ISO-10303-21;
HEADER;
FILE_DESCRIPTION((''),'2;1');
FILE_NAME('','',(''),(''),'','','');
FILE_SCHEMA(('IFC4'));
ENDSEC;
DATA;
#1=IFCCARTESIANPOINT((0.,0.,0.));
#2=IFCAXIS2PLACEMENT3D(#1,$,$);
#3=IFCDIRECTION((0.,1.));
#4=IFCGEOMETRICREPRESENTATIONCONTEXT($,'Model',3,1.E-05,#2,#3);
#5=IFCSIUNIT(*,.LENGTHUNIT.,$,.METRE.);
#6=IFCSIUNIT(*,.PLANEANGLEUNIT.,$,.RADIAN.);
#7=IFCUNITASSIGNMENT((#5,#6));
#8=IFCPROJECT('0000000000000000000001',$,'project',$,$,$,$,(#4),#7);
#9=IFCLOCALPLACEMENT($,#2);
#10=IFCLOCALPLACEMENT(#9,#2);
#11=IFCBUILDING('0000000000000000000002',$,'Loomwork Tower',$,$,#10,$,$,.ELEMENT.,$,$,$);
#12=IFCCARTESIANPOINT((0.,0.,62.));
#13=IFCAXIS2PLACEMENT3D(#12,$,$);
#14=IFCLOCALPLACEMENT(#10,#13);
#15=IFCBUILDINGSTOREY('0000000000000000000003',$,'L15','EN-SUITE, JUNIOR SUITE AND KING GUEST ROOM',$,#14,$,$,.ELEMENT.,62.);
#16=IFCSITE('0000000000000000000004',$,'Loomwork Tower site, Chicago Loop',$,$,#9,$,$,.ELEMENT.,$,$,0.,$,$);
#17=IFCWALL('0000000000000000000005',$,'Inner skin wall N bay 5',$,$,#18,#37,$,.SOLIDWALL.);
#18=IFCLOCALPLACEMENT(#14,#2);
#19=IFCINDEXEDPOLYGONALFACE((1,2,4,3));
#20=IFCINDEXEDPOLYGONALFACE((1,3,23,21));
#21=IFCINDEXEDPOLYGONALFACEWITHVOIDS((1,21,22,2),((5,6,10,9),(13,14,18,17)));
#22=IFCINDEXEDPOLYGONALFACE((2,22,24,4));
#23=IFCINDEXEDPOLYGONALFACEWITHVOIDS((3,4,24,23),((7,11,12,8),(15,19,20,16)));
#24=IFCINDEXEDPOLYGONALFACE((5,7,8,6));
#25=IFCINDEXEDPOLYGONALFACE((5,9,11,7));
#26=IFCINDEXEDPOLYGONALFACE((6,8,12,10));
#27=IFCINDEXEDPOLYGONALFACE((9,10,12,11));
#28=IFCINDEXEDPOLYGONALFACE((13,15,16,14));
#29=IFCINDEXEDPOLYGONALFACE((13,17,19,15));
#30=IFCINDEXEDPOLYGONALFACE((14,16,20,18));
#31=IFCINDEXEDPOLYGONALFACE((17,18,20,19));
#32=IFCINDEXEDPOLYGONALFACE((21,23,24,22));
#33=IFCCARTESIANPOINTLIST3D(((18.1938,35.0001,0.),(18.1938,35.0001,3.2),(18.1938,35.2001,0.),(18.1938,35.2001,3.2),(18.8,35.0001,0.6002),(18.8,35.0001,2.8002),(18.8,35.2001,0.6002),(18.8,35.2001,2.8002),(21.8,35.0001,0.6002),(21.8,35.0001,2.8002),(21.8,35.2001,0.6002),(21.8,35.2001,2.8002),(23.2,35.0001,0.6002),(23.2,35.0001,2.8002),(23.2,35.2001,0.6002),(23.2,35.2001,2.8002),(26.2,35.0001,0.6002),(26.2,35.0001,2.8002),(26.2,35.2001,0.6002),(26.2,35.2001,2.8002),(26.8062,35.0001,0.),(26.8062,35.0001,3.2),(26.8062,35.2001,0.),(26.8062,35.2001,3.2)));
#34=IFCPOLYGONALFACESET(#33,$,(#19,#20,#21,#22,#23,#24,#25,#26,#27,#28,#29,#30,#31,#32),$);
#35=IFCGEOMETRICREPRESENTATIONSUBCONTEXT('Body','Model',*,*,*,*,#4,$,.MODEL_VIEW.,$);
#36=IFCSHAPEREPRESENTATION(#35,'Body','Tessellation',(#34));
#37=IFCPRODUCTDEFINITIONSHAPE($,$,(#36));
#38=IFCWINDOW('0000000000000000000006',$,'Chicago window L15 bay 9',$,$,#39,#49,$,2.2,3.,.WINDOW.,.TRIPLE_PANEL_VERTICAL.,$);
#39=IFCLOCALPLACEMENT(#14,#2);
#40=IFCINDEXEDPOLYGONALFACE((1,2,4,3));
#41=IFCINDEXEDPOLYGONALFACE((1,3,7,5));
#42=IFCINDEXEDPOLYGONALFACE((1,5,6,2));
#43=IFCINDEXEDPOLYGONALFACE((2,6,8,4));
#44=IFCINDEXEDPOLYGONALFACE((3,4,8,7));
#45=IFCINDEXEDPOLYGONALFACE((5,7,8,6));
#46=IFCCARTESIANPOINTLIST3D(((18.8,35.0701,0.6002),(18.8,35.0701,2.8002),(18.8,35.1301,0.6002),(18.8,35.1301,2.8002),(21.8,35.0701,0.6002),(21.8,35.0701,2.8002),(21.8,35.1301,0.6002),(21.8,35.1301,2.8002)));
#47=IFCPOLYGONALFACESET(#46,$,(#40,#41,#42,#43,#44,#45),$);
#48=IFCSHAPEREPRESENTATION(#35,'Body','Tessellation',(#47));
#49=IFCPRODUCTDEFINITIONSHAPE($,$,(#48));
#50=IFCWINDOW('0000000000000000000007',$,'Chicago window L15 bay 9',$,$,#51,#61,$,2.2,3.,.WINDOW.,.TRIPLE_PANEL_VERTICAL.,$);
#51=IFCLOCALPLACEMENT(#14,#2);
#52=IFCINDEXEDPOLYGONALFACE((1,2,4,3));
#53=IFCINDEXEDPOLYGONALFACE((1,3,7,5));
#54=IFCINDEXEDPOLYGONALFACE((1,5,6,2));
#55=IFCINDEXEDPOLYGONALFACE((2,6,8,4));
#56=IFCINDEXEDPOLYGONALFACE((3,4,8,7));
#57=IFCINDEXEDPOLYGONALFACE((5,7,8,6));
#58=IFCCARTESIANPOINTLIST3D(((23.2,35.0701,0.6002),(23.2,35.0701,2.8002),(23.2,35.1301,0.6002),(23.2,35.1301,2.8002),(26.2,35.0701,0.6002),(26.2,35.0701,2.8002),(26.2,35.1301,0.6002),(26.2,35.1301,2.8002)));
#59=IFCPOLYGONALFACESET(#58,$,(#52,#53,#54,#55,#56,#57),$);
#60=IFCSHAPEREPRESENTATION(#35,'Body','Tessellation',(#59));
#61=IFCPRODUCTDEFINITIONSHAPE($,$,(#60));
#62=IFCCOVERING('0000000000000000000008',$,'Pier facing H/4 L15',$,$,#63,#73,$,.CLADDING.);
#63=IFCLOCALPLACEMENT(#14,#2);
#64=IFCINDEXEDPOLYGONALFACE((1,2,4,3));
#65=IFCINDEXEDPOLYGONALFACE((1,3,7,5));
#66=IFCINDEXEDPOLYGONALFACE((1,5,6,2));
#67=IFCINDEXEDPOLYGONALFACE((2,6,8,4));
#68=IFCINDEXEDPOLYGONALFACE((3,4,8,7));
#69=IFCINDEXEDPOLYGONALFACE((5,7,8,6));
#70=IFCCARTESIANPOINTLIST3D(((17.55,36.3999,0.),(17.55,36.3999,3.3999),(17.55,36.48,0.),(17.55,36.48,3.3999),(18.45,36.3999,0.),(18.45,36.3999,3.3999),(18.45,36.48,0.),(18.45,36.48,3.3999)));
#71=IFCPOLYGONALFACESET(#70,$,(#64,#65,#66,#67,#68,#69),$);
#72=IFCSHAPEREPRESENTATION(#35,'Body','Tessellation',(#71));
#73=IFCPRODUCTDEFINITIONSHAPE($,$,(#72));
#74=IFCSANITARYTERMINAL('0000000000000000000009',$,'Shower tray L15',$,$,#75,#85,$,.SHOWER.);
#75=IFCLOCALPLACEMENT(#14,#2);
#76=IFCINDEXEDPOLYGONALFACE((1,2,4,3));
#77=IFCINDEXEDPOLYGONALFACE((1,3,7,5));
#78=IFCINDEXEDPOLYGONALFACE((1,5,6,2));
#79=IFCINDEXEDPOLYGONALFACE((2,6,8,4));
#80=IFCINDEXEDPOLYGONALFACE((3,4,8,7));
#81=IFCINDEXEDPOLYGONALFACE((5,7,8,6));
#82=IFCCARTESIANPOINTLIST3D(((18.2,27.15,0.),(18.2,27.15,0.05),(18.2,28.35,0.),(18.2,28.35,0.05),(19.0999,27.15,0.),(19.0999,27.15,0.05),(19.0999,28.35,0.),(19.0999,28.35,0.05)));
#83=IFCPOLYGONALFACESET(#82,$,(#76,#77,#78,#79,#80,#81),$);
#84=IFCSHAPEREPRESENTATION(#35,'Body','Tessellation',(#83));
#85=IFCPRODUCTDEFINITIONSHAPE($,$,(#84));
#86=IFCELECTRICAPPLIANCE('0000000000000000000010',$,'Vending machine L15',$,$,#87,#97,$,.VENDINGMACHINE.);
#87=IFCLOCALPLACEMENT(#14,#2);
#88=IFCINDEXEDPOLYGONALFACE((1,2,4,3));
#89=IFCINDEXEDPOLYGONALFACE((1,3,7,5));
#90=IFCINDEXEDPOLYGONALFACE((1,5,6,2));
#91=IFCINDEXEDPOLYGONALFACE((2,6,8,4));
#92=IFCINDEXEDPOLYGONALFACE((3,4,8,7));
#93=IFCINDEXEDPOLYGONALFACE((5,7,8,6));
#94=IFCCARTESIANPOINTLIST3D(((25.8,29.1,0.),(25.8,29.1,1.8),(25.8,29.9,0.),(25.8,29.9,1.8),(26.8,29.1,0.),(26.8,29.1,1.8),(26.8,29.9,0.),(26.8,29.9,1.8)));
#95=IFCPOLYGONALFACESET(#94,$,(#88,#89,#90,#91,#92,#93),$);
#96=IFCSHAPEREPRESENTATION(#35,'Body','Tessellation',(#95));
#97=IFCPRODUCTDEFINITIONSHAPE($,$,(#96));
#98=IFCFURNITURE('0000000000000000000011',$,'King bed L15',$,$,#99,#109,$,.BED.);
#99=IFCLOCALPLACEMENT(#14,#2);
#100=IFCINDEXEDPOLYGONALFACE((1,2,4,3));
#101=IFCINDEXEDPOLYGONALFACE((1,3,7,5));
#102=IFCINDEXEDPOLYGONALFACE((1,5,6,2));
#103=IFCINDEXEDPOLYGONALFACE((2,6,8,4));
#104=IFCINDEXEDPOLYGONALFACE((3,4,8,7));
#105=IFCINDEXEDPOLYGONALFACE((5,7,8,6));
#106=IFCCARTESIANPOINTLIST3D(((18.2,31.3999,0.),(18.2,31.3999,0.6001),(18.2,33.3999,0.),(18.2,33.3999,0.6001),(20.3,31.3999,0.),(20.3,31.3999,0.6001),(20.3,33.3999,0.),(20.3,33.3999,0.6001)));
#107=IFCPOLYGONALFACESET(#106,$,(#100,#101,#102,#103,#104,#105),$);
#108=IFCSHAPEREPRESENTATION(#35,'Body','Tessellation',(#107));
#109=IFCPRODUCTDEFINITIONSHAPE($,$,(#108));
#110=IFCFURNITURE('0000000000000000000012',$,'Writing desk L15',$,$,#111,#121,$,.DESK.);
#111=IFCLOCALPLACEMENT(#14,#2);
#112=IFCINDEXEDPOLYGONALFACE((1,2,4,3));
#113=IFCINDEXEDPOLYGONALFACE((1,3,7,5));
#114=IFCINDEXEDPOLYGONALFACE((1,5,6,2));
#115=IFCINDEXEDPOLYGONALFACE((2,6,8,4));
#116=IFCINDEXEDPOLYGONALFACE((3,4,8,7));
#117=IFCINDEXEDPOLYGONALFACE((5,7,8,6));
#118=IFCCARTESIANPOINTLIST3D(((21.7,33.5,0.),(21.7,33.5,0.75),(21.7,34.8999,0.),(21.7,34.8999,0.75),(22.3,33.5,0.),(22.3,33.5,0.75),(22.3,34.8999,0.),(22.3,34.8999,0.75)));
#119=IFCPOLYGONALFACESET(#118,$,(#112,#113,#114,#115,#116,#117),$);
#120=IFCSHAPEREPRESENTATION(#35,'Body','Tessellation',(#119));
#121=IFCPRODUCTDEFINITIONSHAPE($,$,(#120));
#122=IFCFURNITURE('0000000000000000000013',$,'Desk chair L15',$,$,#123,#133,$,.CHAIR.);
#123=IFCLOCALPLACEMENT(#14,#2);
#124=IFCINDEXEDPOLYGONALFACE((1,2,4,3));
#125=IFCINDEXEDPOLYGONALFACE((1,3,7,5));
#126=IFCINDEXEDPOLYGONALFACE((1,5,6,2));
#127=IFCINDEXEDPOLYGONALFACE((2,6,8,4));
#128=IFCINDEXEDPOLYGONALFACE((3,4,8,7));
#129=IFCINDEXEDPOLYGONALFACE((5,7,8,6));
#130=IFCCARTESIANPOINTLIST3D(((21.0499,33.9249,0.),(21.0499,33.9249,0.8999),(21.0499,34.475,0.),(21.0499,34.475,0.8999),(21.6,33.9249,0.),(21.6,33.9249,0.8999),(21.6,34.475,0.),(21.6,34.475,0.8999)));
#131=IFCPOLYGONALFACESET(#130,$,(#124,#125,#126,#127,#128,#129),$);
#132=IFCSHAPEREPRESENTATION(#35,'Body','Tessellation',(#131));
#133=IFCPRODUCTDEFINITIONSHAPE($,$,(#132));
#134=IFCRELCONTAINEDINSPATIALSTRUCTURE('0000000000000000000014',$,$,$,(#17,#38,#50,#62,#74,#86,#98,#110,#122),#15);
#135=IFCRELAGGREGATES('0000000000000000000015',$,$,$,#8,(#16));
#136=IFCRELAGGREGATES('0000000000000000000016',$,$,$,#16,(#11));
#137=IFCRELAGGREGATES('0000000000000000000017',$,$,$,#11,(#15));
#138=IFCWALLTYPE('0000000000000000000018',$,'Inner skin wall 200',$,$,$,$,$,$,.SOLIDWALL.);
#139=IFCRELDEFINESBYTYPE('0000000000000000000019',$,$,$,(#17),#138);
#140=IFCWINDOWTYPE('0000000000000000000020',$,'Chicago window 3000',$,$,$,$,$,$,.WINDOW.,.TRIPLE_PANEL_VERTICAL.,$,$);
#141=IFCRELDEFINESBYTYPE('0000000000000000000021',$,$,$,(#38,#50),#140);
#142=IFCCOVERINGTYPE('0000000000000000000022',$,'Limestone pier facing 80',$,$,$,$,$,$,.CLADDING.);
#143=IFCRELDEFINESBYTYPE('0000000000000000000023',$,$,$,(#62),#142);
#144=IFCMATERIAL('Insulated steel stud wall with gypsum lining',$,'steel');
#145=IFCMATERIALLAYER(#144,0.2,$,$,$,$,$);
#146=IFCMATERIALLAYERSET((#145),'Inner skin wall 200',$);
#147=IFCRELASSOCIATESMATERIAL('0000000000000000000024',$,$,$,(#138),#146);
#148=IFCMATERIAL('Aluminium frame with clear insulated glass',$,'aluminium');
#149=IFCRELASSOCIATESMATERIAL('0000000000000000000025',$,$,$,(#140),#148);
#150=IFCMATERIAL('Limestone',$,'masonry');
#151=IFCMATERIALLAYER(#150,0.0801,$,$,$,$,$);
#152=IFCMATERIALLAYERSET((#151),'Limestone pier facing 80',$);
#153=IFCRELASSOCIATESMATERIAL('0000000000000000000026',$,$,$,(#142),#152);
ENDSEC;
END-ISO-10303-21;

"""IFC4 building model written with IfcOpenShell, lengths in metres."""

from ifc_helpers import new_model, si_unit, direction, frame, frame_2d, origin, origin_2d, place, context, subcontext, project, spatial, rectangle, extrude, material, layer, layer_set, type_object, element, fill, save


model = new_model("IFC4")

# Units and contexts
model_context = context("Model", 3, precision=1e-05, world=origin(), true_north=direction((0.0, 1.0)))
body_context = subcontext(model_context, "Body", "Model", "MODEL_VIEW")
ifc_project = project(units=[si_unit("LENGTHUNIT", "METRE"), si_unit("PLANEANGLEUNIT", "RADIAN")], contexts=[model_context])

# Site, building, storey
site_placement = place(None, origin())
site = spatial("IfcSite", under=ifc_project, at=site_placement, Name="Loomwork Tower site, Chicago Loop", CompositionType="ELEMENT", RefElevation=0.0)
building_placement = place(site_placement, origin())
building = spatial("IfcBuilding", under=site, at=building_placement, Name="Loomwork Tower", CompositionType="ELEMENT")
storey_placement = place(building_placement, frame((0.0, 0.0, 62.0)))
storey = spatial("IfcBuildingStorey", under=building, at=storey_placement, Name="L15", Description="EN-SUITE, JUNIOR SUITE AND KING GUEST ROOM", CompositionType="ELEMENT", Elevation=62.0)

# Shared definitions
ifc_material_1 = material(Name="Insulated steel stud wall with gypsum lining", Category="steel")
ifc_layer_1 = layer(ifc_material_1, 0.2)
ifc_layer_set_1 = layer_set([ifc_layer_1], Name="Inner skin wall 200")
wall_type_1 = type_object("IfcWallType", Name="Inner skin wall 200", PredefinedType="SOLIDWALL", material=ifc_layer_set_1)

# Wall, openings, windows
wall_1_placement = place(storey_placement, frame((18.1938, 35.1001, 0.0), z_axis=(0.0, 0.0, 1.0), x_axis=(1.0, 0.0, 0.0)))
wall_1 = element("IfcWall", 1, at=wall_1_placement, inside=storey, type_object=wall_type_1, Name="Inner skin wall N bay 5", PredefinedType="SOLIDWALL", context=body_context, shape_type="SweptSolid", body=[
    extrude(rectangle(XDim=8.6123, YDim=0.2, at=frame_2d((4.3062, 0.0))), origin(), (0.0, 0.0, 1.0), 3.2),
])
opening_1_placement = place(wall_1_placement, frame((0.6062, 0.0, 0.6001)))
opening_1 = element("IfcOpeningElement", 2, at=opening_1_placement, cuts=wall_1, PredefinedType="OPENING", context=body_context, shape_type="SweptSolid", body=[
    extrude(rectangle(XDim=3.0, YDim=2.2, at=frame_2d((1.5, 1.1001))), frame((0.0, 0.1099, 0.0), z_axis=(0.0, -1.0, 0.0), x_axis=(1.0, 0.0, 0.0)), (0.0, 0.0, 1.0), 0.22),
])
opening_2_placement = place(wall_1_placement, frame((5.0061, 0.0, 0.6001)))
opening_2 = element("IfcOpeningElement", 3, at=opening_2_placement, cuts=wall_1, PredefinedType="OPENING", context=body_context, shape_type="SweptSolid", body=[
    extrude(rectangle(XDim=3.0, YDim=2.2, at=frame_2d((1.5, 1.1001))), frame((0.0, 0.1099, 0.0), z_axis=(0.0, -1.0, 0.0), x_axis=(1.0, 0.0, 0.0)), (0.0, 0.0, 1.0), 0.22),
])
ifc_material_2 = material(Name="Aluminium frame with clear insulated glass", Category="aluminium")
window_type = type_object("IfcWindowType", Name="Chicago window 3000", PartitioningType="TRIPLE_PANEL_VERTICAL", PredefinedType="WINDOW", material=ifc_material_2)
window_1_placement = place(opening_1_placement, origin())
window_1 = element("IfcWindow", 4, at=window_1_placement, inside=storey, type_object=window_type, Name="Chicago window L15 bay 9", OverallHeight=2.2, OverallWidth=3.0, PartitioningType="TRIPLE_PANEL_VERTICAL", PredefinedType="WINDOW", context=body_context, shape_type="SweptSolid", body=[
    extrude(rectangle(XDim=3.0, YDim=2.2, at=frame_2d((1.5, 1.1001))), frame((0.0, 0.03, 0.0), z_axis=(0.0, -1.0, 0.0), x_axis=(1.0, 0.0, 0.0)), (0.0, 0.0, 1.0), 0.0601),
])
fill(opening_1, window_1)
window_2_placement = place(opening_2_placement, origin())
window_2 = element("IfcWindow", 5, at=window_2_placement, inside=storey, type_object=window_type, Name="Chicago window L15 bay 9", OverallHeight=2.2, OverallWidth=3.0, PartitioningType="TRIPLE_PANEL_VERTICAL", PredefinedType="WINDOW", context=body_context, shape_type="SweptSolid", body=[
    extrude(rectangle(XDim=3.0, YDim=2.2, at=frame_2d((1.5, 1.1001))), frame((0.0, 0.03, 0.0), z_axis=(0.0, -1.0, 0.0), x_axis=(1.0, 0.0, 0.0)), (0.0, 0.0, 1.0), 0.0601),
])
fill(opening_2, window_2)

# Covering
ifc_material_3 = material(Name="Limestone", Category="masonry")
ifc_layer_2 = layer(ifc_material_3, 0.0801)
ifc_layer_set_2 = layer_set([ifc_layer_2], Name="Limestone pier facing 80")
covering_type = type_object("IfcCoveringType", Name="Limestone pier facing 80", PredefinedType="CLADDING", material=ifc_layer_set_2)
covering_placement = place(storey_placement, frame((18.0, 36.4399, 0.0), z_axis=(0.0, 0.0, 1.0), x_axis=(1.0, 0.0, 0.0)))
element("IfcCovering", 6, at=covering_placement, inside=storey, type_object=covering_type, Name="Pier facing H/4 L15", PredefinedType="CLADDING", context=body_context, shape_type="SweptSolid", body=[
    extrude(rectangle(XDim=0.8999, YDim=0.0801, at=origin_2d()), origin(), (0.0, 0.0, 1.0), 3.3999),
])

# Sanitary terminal
sanitary_terminal_placement = place(storey_placement, frame((18.6499, 27.75, 0.0), z_axis=(0.0, 0.0, 1.0), x_axis=(1.0, 0.0, 0.0)))
element("IfcSanitaryTerminal", 7, at=sanitary_terminal_placement, inside=storey, Name="Shower tray L15", PredefinedType="SHOWER", context=body_context, shape_type="SweptSolid", body=[
    extrude(rectangle(XDim=0.8999, YDim=1.2, at=origin_2d()), origin(), (0.0, 0.0, 1.0), 0.05),
])

# Electric appliance
electric_appliance_placement = place(storey_placement, frame((26.3, 29.5, 0.0), z_axis=(0.0, 0.0, 1.0), x_axis=(1.0, 0.0, 0.0)))
element("IfcElectricAppliance", 8, at=electric_appliance_placement, inside=storey, Name="Vending machine L15", PredefinedType="VENDINGMACHINE", context=body_context, shape_type="SweptSolid", body=[
    extrude(rectangle(XDim=1.0, YDim=0.8, at=origin_2d()), origin(), (0.0, 0.0, 1.0), 1.8),
])

# Furniture
furniture_1_placement = place(storey_placement, frame((19.25, 32.3999, 0.0), z_axis=(0.0, 0.0, 1.0), x_axis=(1.0, 0.0, 0.0)))
element("IfcFurniture", 9, at=furniture_1_placement, inside=storey, Name="King bed L15", PredefinedType="BED", context=body_context, shape_type="SweptSolid", body=[
    extrude(rectangle(XDim=2.1001, YDim=2.0, at=origin_2d()), origin(), (0.0, 0.0, 1.0), 0.6001),
])
furniture_2_placement = place(storey_placement, frame((22.0, 34.2, 0.0), z_axis=(0.0, 0.0, 1.0), x_axis=(1.0, 0.0, 0.0)))
element("IfcFurniture", 10, at=furniture_2_placement, inside=storey, Name="Writing desk L15", PredefinedType="DESK", context=body_context, shape_type="SweptSolid", body=[
    extrude(rectangle(XDim=0.6001, YDim=1.3999, at=origin_2d()), origin(), (0.0, 0.0, 1.0), 0.75),
])
furniture_3_placement = place(storey_placement, frame((21.325, 34.2, 0.0), z_axis=(0.0, 0.0, 1.0), x_axis=(1.0, 0.0, 0.0)))
element("IfcFurniture", 11, at=furniture_3_placement, inside=storey, Name="Desk chair L15", PredefinedType="CHAIR", context=body_context, shape_type="SweptSolid", body=[
    extrude(rectangle(XDim=0.55, YDim=0.55, at=origin_2d()), origin(), (0.0, 0.0, 1.0), 0.8999),
])

save(model, "model.ifc")
